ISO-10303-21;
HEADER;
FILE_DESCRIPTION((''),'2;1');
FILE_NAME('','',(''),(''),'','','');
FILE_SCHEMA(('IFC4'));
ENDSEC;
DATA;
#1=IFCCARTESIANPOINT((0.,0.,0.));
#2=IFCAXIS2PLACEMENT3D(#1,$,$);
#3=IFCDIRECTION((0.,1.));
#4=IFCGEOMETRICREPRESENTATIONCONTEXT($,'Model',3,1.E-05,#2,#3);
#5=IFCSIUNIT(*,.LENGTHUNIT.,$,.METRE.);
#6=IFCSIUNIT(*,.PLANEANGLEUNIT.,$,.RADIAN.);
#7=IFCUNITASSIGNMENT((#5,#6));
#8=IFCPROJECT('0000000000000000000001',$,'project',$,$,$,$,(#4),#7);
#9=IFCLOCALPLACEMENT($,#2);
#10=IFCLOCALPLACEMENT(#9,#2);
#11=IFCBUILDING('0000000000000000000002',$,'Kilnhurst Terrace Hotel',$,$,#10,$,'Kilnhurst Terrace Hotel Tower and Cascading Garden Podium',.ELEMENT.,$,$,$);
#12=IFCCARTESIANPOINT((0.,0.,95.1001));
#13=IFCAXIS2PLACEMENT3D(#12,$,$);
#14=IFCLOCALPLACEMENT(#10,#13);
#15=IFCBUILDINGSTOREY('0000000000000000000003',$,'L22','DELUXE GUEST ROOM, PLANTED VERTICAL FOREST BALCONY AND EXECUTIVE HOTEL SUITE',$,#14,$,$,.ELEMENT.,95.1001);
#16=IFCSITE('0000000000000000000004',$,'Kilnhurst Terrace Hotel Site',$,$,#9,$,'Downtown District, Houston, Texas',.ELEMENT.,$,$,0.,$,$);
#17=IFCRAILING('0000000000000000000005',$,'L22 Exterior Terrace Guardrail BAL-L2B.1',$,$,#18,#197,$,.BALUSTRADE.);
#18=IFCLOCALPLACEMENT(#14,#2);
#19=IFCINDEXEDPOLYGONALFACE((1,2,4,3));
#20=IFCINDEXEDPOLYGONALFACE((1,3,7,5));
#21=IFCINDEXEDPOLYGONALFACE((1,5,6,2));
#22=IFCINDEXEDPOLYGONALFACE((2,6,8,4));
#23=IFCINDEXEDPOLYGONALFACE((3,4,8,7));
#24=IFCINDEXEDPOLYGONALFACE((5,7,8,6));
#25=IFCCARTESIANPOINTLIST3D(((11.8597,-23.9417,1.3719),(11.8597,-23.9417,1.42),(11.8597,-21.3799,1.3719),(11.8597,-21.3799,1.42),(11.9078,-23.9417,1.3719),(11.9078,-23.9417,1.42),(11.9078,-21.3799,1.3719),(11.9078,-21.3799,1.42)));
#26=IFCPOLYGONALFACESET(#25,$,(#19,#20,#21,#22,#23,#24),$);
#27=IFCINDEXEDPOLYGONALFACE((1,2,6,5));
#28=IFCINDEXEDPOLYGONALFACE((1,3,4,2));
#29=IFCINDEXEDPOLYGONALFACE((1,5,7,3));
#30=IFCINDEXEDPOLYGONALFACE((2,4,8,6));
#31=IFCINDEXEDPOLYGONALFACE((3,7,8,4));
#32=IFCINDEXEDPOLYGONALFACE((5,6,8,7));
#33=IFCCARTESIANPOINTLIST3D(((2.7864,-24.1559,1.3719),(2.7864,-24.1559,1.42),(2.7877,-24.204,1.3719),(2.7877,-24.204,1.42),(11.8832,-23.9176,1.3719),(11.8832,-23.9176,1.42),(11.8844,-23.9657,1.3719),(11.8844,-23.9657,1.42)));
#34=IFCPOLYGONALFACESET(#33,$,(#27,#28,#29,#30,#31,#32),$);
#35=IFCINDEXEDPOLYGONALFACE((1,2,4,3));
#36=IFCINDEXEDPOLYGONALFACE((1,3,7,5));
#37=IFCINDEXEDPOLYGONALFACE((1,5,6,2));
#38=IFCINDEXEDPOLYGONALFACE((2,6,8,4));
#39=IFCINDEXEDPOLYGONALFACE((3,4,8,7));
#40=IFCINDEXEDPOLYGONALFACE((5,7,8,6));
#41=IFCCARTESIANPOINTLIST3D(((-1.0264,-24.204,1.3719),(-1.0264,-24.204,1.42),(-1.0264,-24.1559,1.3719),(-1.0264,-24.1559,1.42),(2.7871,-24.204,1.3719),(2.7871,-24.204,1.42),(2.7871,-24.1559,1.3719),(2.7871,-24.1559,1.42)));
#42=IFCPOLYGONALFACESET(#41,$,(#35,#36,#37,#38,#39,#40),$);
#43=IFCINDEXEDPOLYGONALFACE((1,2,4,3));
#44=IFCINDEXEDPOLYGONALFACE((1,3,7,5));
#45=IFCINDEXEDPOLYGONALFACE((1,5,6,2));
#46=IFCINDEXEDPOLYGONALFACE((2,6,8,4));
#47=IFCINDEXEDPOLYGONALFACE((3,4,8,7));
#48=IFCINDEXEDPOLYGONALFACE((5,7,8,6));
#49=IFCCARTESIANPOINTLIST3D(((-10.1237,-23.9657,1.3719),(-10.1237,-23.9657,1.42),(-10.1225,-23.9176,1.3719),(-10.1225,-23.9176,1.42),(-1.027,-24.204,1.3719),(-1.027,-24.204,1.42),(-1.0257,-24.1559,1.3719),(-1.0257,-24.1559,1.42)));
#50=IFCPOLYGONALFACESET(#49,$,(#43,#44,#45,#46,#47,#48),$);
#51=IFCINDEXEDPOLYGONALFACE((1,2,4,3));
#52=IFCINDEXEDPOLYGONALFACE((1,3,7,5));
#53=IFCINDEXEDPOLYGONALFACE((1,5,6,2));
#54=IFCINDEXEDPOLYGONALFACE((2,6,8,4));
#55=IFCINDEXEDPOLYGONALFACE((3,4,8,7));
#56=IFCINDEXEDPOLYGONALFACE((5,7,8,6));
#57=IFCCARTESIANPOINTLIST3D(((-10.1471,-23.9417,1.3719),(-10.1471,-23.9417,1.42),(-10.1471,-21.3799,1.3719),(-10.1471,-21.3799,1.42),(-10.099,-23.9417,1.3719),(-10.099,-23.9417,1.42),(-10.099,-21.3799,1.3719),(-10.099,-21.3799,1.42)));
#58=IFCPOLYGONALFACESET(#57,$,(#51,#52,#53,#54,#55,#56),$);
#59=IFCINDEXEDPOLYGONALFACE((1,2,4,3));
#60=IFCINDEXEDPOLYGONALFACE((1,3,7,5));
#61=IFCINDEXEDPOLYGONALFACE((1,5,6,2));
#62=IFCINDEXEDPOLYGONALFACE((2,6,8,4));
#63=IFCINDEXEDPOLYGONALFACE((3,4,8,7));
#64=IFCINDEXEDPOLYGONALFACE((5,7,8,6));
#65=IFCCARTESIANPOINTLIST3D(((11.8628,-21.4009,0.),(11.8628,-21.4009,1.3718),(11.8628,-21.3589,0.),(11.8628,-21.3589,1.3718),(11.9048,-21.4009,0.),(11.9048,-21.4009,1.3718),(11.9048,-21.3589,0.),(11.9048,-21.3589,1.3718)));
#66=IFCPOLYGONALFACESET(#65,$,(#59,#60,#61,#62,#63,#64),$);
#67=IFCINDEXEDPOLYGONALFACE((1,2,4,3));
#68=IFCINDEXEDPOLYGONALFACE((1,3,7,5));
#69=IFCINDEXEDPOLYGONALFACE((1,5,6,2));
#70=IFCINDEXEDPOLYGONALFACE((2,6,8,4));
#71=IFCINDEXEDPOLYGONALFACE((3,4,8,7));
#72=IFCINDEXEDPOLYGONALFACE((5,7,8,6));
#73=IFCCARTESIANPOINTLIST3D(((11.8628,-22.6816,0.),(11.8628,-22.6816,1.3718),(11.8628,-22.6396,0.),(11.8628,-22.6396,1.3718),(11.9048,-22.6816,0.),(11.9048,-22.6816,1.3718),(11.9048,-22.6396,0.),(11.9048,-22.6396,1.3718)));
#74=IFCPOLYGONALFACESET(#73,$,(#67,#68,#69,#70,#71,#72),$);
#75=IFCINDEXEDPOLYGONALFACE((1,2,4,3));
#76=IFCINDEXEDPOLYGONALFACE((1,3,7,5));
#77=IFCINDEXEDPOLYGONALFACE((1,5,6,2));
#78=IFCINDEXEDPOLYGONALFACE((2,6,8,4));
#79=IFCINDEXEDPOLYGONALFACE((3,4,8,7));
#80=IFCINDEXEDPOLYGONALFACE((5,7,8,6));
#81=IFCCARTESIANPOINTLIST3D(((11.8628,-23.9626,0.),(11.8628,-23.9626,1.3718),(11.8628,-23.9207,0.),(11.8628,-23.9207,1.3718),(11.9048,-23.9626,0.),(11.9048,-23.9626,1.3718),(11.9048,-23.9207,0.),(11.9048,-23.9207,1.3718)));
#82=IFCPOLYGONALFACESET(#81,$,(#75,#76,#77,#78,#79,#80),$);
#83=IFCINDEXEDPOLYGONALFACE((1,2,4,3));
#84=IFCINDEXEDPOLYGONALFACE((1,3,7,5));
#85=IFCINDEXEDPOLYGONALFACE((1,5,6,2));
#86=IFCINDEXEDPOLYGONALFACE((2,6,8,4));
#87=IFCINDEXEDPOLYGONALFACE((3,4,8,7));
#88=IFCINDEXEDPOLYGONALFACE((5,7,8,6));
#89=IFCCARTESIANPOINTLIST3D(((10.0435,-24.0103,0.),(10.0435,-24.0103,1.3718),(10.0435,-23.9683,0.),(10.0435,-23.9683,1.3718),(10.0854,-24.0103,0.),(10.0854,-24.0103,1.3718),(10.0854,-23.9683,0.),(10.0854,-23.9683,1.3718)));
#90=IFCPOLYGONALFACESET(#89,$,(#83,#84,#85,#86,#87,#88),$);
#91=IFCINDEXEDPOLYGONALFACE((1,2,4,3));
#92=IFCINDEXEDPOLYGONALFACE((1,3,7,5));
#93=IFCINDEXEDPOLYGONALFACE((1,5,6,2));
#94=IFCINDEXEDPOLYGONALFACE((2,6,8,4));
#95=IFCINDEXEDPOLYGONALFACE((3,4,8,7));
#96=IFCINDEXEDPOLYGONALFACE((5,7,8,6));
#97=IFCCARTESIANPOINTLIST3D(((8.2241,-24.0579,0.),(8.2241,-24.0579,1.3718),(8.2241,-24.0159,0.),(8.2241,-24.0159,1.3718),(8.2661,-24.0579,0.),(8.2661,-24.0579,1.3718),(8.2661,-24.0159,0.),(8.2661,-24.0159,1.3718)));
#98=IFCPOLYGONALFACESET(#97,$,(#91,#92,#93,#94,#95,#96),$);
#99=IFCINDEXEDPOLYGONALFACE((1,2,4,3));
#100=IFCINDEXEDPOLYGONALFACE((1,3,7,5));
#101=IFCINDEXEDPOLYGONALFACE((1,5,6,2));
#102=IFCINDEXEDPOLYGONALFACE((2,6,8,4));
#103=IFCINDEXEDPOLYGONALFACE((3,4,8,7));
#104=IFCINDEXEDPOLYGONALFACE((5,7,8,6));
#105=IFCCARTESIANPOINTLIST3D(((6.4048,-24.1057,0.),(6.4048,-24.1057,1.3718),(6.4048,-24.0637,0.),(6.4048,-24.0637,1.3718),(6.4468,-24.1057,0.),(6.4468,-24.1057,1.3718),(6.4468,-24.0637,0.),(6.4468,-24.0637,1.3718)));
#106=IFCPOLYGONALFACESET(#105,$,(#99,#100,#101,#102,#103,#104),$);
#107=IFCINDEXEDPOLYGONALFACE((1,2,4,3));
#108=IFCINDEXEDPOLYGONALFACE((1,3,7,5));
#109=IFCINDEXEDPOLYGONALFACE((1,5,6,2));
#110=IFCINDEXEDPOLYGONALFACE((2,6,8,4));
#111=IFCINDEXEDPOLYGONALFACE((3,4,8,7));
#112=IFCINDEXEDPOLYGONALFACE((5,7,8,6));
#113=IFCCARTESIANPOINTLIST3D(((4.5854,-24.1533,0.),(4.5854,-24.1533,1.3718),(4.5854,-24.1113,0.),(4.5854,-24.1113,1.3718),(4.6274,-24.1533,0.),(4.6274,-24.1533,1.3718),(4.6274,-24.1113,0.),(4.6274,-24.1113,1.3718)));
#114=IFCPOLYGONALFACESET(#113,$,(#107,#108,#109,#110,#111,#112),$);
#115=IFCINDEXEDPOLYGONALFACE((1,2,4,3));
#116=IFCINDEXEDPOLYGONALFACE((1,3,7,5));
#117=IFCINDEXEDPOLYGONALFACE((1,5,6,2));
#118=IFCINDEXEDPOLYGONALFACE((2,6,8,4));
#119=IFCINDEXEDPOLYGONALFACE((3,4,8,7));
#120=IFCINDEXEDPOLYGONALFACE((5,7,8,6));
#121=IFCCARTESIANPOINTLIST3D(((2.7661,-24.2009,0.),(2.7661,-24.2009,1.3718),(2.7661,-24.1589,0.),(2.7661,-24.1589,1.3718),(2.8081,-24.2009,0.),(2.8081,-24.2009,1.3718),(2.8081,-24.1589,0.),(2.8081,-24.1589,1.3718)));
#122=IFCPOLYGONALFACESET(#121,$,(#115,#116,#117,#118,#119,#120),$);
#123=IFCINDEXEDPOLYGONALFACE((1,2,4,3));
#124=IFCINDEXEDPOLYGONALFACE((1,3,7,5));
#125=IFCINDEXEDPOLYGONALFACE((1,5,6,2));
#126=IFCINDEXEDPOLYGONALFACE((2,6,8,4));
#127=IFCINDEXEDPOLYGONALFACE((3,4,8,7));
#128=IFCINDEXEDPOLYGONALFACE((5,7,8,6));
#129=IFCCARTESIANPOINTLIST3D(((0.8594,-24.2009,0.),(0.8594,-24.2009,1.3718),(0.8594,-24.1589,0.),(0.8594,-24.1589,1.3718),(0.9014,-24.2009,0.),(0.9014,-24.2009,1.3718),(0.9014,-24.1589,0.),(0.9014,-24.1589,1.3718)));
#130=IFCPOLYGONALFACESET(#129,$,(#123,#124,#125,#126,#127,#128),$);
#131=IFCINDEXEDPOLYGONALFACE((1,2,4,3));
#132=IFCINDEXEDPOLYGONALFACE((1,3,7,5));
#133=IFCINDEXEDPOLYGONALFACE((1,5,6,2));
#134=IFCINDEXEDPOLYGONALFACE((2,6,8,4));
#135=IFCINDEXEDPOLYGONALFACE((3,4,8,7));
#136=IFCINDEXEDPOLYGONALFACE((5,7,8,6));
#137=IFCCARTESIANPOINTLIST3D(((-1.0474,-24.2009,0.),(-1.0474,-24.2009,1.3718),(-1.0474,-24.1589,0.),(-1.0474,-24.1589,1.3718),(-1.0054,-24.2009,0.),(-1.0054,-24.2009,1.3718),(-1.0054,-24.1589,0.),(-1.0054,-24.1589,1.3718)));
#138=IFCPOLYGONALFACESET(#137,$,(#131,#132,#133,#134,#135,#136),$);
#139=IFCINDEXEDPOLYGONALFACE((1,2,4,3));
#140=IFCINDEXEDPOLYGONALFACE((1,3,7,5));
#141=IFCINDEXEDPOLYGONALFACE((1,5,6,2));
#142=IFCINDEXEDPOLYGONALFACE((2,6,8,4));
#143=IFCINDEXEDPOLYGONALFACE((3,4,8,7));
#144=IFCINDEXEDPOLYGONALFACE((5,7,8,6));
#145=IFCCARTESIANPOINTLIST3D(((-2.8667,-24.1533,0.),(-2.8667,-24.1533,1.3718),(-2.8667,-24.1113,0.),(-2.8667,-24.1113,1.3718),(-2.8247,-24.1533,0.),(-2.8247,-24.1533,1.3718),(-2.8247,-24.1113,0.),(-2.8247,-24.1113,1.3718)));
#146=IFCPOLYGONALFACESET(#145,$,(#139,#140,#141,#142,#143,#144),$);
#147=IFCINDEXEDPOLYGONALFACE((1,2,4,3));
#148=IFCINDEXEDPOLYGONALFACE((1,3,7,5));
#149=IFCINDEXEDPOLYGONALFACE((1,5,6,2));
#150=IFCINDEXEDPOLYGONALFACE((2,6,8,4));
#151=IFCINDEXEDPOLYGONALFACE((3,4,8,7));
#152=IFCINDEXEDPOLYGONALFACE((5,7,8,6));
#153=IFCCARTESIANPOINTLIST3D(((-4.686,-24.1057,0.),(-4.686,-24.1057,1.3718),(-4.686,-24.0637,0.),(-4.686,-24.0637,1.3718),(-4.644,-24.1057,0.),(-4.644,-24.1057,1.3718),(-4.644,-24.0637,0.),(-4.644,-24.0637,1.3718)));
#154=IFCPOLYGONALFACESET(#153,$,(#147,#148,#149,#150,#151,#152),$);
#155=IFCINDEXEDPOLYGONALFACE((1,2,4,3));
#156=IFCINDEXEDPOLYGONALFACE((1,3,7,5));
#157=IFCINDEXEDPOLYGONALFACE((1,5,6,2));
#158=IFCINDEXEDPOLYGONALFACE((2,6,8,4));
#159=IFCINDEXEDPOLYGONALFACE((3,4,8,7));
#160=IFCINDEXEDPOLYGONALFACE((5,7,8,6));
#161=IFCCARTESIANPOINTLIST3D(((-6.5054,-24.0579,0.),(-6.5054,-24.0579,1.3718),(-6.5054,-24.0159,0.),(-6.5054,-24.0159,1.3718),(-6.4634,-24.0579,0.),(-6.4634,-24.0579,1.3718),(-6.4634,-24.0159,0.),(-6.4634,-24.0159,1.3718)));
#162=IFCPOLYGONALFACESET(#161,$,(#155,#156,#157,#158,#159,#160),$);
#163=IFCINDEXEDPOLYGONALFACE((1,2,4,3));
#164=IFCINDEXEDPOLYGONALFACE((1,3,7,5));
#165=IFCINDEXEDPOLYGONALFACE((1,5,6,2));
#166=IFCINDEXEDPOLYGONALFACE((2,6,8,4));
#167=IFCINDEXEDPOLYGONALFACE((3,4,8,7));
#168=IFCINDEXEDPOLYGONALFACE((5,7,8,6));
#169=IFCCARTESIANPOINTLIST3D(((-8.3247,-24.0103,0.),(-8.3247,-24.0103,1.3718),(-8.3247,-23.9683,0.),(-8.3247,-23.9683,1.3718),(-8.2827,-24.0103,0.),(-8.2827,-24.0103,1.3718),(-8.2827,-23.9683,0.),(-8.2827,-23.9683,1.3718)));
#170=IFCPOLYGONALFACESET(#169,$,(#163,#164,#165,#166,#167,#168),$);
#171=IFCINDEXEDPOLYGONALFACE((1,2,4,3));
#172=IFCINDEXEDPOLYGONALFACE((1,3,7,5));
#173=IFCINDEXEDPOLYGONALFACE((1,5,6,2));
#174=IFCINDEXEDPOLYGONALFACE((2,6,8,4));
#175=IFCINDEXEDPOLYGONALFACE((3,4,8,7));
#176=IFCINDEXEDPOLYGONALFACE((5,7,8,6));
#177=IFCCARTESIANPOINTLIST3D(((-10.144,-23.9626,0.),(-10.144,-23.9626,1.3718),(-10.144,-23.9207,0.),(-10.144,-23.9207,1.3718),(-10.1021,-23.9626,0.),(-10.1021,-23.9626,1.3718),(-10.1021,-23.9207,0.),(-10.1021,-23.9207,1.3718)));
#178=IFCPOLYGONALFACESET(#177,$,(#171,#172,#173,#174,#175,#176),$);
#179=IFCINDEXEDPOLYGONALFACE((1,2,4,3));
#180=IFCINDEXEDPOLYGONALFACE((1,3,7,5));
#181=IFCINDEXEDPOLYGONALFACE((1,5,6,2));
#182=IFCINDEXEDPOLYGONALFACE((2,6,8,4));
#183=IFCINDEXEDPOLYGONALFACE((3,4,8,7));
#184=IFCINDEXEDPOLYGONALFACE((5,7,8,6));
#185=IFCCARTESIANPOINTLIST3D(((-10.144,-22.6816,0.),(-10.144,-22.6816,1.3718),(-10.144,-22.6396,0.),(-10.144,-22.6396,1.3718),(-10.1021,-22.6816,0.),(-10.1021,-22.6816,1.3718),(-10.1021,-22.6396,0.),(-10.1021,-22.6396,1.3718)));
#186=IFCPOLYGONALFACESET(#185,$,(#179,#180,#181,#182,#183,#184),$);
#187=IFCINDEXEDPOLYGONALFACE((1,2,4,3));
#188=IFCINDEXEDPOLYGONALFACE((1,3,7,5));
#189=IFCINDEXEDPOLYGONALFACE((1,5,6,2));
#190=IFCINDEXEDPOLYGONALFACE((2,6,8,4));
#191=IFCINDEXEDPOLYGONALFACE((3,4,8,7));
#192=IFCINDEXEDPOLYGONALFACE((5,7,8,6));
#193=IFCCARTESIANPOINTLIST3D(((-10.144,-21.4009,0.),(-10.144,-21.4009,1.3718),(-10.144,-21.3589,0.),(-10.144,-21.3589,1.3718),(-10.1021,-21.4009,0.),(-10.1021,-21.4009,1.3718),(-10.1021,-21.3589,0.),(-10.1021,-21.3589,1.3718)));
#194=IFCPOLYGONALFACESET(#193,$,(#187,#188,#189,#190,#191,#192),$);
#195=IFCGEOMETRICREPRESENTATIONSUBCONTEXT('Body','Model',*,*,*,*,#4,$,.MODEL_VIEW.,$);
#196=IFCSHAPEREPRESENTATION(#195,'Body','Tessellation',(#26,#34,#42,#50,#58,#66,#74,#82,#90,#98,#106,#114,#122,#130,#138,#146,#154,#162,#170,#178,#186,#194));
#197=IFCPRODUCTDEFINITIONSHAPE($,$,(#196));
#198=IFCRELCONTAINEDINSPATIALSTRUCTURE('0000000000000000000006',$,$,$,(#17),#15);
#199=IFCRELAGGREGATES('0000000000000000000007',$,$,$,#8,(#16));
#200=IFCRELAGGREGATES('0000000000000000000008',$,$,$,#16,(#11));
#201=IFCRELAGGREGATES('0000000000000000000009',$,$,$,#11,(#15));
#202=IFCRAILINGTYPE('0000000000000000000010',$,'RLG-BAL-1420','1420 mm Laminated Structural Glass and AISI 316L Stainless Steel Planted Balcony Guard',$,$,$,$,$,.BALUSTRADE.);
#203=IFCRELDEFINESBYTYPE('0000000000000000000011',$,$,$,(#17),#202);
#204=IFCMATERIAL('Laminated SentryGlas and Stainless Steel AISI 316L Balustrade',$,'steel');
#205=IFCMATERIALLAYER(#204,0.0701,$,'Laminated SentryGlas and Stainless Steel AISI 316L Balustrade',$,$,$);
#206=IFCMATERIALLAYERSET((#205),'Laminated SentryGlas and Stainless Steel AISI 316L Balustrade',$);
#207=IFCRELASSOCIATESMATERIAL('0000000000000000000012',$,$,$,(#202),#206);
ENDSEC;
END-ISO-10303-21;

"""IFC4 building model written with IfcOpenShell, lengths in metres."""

from ifc_helpers import new_model, si_unit, direction, frame, origin, origin_2d, place, context, subcontext, project, spatial, rectangle, extrude, material, layer, layer_set, type_object, element, save


model = new_model("IFC4")

# Units and contexts
model_context = context("Model", 3, precision=1e-05, world=origin(), true_north=direction((0.0, 1.0)))
body_context = subcontext(model_context, "Body", "Model", "MODEL_VIEW")
ifc_project = project(units=[si_unit("LENGTHUNIT", "METRE"), si_unit("PLANEANGLEUNIT", "RADIAN")], contexts=[model_context])

# Site, building, storey
site_placement = place(None, origin())
site = spatial("IfcSite", under=ifc_project, at=site_placement, Name="Kilnhurst Terrace Hotel Site", LongName="Downtown District, Houston, Texas", CompositionType="ELEMENT", RefElevation=0.0)
building_placement = place(site_placement, origin())
building = spatial("IfcBuilding", under=site, at=building_placement, Name="Kilnhurst Terrace Hotel", LongName="Kilnhurst Terrace Hotel Tower and Cascading Garden Podium", CompositionType="ELEMENT")
storey_placement = place(building_placement, frame((0.0, 0.0, 95.1001)))
storey = spatial("IfcBuildingStorey", under=building, at=storey_placement, Name="L22", Description="DELUXE GUEST ROOM, PLANTED VERTICAL FOREST BALCONY AND EXECUTIVE HOTEL SUITE", CompositionType="ELEMENT", Elevation=95.1001)

# Railing
ifc_material_1 = material(Name="Laminated SentryGlas and Stainless Steel AISI 316L Balustrade", Category="steel")
ifc_layer_1 = layer(ifc_material_1, 0.0701, Name="Laminated SentryGlas and Stainless Steel AISI 316L Balustrade")
ifc_layer_set_1 = layer_set([ifc_layer_1], Name="Laminated SentryGlas and Stainless Steel AISI 316L Balustrade")
railing_type = type_object("IfcRailingType", Name="RLG-BAL-1420", Description="1420 mm Laminated Structural Glass and AISI 316L Stainless Steel Planted Balcony Guard", PredefinedType="BALUSTRADE", material=ifc_layer_set_1)
railing_placement = place(storey_placement, frame((11.8838, -21.3799, 0.0)))
element("IfcRailing", 1, at=railing_placement, inside=storey, type_object=railing_type, Name="L22 Exterior Terrace Guardrail BAL-L2B.1", PredefinedType="BALUSTRADE", context=body_context, shape_type="SweptSolid", body=[
    extrude(rectangle(XDim=0.0481, YDim=0.0481, at=origin_2d()), frame((0.0, 0.0, 1.396), z_axis=(0.0, -1.0, 0.0), x_axis=(1.0, 0.0, 0.0)), (0.0, 0.0, 1.0), 2.5618),
    extrude(rectangle(XDim=0.0481, YDim=0.0481, at=origin_2d()), frame((0.0, -2.5618, 1.396), z_axis=(-0.999657, -0.026185, 0.0), x_axis=(0.026185, -0.999657, 0.0)), (0.0, 0.0, 1.0), 9.0999),
    extrude(rectangle(XDim=0.0481, YDim=0.0481, at=origin_2d()), frame((-9.0967, -2.8, 1.396), z_axis=(-1.0, 0.0, 0.0), x_axis=(0.0, -1.0, 0.0)), (0.0, 0.0, 1.0), 3.8135),
    extrude(rectangle(XDim=0.0481, YDim=0.0481, at=origin_2d()), frame((-12.9102, -2.8, 1.396), z_axis=(-0.999657, 0.026185, 0.0), x_axis=(-0.026185, -0.999657, 0.0)), (0.0, 0.0, 1.0), 9.0999),
    extrude(rectangle(XDim=0.0481, YDim=0.0481, at=origin_2d()), frame((-22.0068, -2.5618, 1.396), z_axis=(0.0, 1.0, 0.0), x_axis=(-1.0, 0.0, 0.0)), (0.0, 0.0, 1.0), 2.5618),
    extrude(rectangle(XDim=0.042, YDim=0.042, at=origin_2d()), origin(), (0.0, 0.0, 1.0), 1.3718),
    extrude(rectangle(XDim=0.042, YDim=0.042, at=origin_2d()), frame((0.0, -1.2808, 0.0)), (0.0, 0.0, 1.0), 1.3718),
    extrude(rectangle(XDim=0.042, YDim=0.042, at=origin_2d()), frame((0.0, -2.5618, 0.0)), (0.0, 0.0, 1.0), 1.3718),
    extrude(rectangle(XDim=0.042, YDim=0.042, at=origin_2d()), frame((-1.8193, -2.6094, 0.0)), (0.0, 0.0, 1.0), 1.3718),
    extrude(rectangle(XDim=0.042, YDim=0.042, at=origin_2d()), frame((-3.6387, -2.657, 0.0)), (0.0, 0.0, 1.0), 1.3718),
    extrude(rectangle(XDim=0.042, YDim=0.042, at=origin_2d()), frame((-5.458, -2.7048, 0.0)), (0.0, 0.0, 1.0), 1.3718),
    extrude(rectangle(XDim=0.042, YDim=0.042, at=origin_2d()), frame((-7.2773, -2.7524, 0.0)), (0.0, 0.0, 1.0), 1.3718),
    extrude(rectangle(XDim=0.042, YDim=0.042, at=origin_2d()), frame((-9.0967, -2.8, 0.0)), (0.0, 0.0, 1.0), 1.3718),
    extrude(rectangle(XDim=0.042, YDim=0.042, at=origin_2d()), frame((-11.0034, -2.8, 0.0)), (0.0, 0.0, 1.0), 1.3718),
    extrude(rectangle(XDim=0.042, YDim=0.042, at=origin_2d()), frame((-12.9102, -2.8, 0.0)), (0.0, 0.0, 1.0), 1.3718),
    extrude(rectangle(XDim=0.042, YDim=0.042, at=origin_2d()), frame((-14.7295, -2.7524, 0.0)), (0.0, 0.0, 1.0), 1.3718),
    extrude(rectangle(XDim=0.042, YDim=0.042, at=origin_2d()), frame((-16.5488, -2.7048, 0.0)), (0.0, 0.0, 1.0), 1.3718),
    extrude(rectangle(XDim=0.042, YDim=0.042, at=origin_2d()), frame((-18.3682, -2.657, 0.0)), (0.0, 0.0, 1.0), 1.3718),
    extrude(rectangle(XDim=0.042, YDim=0.042, at=origin_2d()), frame((-20.1875, -2.6094, 0.0)), (0.0, 0.0, 1.0), 1.3718),
    extrude(rectangle(XDim=0.042, YDim=0.042, at=origin_2d()), frame((-22.0068, -2.5618, 0.0)), (0.0, 0.0, 1.0), 1.3718),
    extrude(rectangle(XDim=0.042, YDim=0.042, at=origin_2d()), frame((-22.0068, -1.2808, 0.0)), (0.0, 0.0, 1.0), 1.3718),
    extrude(rectangle(XDim=0.042, YDim=0.042, at=origin_2d()), frame((-22.0068, 0.0, 0.0)), (0.0, 0.0, 1.0), 1.3718),
])

save(model, "model.ifc")
